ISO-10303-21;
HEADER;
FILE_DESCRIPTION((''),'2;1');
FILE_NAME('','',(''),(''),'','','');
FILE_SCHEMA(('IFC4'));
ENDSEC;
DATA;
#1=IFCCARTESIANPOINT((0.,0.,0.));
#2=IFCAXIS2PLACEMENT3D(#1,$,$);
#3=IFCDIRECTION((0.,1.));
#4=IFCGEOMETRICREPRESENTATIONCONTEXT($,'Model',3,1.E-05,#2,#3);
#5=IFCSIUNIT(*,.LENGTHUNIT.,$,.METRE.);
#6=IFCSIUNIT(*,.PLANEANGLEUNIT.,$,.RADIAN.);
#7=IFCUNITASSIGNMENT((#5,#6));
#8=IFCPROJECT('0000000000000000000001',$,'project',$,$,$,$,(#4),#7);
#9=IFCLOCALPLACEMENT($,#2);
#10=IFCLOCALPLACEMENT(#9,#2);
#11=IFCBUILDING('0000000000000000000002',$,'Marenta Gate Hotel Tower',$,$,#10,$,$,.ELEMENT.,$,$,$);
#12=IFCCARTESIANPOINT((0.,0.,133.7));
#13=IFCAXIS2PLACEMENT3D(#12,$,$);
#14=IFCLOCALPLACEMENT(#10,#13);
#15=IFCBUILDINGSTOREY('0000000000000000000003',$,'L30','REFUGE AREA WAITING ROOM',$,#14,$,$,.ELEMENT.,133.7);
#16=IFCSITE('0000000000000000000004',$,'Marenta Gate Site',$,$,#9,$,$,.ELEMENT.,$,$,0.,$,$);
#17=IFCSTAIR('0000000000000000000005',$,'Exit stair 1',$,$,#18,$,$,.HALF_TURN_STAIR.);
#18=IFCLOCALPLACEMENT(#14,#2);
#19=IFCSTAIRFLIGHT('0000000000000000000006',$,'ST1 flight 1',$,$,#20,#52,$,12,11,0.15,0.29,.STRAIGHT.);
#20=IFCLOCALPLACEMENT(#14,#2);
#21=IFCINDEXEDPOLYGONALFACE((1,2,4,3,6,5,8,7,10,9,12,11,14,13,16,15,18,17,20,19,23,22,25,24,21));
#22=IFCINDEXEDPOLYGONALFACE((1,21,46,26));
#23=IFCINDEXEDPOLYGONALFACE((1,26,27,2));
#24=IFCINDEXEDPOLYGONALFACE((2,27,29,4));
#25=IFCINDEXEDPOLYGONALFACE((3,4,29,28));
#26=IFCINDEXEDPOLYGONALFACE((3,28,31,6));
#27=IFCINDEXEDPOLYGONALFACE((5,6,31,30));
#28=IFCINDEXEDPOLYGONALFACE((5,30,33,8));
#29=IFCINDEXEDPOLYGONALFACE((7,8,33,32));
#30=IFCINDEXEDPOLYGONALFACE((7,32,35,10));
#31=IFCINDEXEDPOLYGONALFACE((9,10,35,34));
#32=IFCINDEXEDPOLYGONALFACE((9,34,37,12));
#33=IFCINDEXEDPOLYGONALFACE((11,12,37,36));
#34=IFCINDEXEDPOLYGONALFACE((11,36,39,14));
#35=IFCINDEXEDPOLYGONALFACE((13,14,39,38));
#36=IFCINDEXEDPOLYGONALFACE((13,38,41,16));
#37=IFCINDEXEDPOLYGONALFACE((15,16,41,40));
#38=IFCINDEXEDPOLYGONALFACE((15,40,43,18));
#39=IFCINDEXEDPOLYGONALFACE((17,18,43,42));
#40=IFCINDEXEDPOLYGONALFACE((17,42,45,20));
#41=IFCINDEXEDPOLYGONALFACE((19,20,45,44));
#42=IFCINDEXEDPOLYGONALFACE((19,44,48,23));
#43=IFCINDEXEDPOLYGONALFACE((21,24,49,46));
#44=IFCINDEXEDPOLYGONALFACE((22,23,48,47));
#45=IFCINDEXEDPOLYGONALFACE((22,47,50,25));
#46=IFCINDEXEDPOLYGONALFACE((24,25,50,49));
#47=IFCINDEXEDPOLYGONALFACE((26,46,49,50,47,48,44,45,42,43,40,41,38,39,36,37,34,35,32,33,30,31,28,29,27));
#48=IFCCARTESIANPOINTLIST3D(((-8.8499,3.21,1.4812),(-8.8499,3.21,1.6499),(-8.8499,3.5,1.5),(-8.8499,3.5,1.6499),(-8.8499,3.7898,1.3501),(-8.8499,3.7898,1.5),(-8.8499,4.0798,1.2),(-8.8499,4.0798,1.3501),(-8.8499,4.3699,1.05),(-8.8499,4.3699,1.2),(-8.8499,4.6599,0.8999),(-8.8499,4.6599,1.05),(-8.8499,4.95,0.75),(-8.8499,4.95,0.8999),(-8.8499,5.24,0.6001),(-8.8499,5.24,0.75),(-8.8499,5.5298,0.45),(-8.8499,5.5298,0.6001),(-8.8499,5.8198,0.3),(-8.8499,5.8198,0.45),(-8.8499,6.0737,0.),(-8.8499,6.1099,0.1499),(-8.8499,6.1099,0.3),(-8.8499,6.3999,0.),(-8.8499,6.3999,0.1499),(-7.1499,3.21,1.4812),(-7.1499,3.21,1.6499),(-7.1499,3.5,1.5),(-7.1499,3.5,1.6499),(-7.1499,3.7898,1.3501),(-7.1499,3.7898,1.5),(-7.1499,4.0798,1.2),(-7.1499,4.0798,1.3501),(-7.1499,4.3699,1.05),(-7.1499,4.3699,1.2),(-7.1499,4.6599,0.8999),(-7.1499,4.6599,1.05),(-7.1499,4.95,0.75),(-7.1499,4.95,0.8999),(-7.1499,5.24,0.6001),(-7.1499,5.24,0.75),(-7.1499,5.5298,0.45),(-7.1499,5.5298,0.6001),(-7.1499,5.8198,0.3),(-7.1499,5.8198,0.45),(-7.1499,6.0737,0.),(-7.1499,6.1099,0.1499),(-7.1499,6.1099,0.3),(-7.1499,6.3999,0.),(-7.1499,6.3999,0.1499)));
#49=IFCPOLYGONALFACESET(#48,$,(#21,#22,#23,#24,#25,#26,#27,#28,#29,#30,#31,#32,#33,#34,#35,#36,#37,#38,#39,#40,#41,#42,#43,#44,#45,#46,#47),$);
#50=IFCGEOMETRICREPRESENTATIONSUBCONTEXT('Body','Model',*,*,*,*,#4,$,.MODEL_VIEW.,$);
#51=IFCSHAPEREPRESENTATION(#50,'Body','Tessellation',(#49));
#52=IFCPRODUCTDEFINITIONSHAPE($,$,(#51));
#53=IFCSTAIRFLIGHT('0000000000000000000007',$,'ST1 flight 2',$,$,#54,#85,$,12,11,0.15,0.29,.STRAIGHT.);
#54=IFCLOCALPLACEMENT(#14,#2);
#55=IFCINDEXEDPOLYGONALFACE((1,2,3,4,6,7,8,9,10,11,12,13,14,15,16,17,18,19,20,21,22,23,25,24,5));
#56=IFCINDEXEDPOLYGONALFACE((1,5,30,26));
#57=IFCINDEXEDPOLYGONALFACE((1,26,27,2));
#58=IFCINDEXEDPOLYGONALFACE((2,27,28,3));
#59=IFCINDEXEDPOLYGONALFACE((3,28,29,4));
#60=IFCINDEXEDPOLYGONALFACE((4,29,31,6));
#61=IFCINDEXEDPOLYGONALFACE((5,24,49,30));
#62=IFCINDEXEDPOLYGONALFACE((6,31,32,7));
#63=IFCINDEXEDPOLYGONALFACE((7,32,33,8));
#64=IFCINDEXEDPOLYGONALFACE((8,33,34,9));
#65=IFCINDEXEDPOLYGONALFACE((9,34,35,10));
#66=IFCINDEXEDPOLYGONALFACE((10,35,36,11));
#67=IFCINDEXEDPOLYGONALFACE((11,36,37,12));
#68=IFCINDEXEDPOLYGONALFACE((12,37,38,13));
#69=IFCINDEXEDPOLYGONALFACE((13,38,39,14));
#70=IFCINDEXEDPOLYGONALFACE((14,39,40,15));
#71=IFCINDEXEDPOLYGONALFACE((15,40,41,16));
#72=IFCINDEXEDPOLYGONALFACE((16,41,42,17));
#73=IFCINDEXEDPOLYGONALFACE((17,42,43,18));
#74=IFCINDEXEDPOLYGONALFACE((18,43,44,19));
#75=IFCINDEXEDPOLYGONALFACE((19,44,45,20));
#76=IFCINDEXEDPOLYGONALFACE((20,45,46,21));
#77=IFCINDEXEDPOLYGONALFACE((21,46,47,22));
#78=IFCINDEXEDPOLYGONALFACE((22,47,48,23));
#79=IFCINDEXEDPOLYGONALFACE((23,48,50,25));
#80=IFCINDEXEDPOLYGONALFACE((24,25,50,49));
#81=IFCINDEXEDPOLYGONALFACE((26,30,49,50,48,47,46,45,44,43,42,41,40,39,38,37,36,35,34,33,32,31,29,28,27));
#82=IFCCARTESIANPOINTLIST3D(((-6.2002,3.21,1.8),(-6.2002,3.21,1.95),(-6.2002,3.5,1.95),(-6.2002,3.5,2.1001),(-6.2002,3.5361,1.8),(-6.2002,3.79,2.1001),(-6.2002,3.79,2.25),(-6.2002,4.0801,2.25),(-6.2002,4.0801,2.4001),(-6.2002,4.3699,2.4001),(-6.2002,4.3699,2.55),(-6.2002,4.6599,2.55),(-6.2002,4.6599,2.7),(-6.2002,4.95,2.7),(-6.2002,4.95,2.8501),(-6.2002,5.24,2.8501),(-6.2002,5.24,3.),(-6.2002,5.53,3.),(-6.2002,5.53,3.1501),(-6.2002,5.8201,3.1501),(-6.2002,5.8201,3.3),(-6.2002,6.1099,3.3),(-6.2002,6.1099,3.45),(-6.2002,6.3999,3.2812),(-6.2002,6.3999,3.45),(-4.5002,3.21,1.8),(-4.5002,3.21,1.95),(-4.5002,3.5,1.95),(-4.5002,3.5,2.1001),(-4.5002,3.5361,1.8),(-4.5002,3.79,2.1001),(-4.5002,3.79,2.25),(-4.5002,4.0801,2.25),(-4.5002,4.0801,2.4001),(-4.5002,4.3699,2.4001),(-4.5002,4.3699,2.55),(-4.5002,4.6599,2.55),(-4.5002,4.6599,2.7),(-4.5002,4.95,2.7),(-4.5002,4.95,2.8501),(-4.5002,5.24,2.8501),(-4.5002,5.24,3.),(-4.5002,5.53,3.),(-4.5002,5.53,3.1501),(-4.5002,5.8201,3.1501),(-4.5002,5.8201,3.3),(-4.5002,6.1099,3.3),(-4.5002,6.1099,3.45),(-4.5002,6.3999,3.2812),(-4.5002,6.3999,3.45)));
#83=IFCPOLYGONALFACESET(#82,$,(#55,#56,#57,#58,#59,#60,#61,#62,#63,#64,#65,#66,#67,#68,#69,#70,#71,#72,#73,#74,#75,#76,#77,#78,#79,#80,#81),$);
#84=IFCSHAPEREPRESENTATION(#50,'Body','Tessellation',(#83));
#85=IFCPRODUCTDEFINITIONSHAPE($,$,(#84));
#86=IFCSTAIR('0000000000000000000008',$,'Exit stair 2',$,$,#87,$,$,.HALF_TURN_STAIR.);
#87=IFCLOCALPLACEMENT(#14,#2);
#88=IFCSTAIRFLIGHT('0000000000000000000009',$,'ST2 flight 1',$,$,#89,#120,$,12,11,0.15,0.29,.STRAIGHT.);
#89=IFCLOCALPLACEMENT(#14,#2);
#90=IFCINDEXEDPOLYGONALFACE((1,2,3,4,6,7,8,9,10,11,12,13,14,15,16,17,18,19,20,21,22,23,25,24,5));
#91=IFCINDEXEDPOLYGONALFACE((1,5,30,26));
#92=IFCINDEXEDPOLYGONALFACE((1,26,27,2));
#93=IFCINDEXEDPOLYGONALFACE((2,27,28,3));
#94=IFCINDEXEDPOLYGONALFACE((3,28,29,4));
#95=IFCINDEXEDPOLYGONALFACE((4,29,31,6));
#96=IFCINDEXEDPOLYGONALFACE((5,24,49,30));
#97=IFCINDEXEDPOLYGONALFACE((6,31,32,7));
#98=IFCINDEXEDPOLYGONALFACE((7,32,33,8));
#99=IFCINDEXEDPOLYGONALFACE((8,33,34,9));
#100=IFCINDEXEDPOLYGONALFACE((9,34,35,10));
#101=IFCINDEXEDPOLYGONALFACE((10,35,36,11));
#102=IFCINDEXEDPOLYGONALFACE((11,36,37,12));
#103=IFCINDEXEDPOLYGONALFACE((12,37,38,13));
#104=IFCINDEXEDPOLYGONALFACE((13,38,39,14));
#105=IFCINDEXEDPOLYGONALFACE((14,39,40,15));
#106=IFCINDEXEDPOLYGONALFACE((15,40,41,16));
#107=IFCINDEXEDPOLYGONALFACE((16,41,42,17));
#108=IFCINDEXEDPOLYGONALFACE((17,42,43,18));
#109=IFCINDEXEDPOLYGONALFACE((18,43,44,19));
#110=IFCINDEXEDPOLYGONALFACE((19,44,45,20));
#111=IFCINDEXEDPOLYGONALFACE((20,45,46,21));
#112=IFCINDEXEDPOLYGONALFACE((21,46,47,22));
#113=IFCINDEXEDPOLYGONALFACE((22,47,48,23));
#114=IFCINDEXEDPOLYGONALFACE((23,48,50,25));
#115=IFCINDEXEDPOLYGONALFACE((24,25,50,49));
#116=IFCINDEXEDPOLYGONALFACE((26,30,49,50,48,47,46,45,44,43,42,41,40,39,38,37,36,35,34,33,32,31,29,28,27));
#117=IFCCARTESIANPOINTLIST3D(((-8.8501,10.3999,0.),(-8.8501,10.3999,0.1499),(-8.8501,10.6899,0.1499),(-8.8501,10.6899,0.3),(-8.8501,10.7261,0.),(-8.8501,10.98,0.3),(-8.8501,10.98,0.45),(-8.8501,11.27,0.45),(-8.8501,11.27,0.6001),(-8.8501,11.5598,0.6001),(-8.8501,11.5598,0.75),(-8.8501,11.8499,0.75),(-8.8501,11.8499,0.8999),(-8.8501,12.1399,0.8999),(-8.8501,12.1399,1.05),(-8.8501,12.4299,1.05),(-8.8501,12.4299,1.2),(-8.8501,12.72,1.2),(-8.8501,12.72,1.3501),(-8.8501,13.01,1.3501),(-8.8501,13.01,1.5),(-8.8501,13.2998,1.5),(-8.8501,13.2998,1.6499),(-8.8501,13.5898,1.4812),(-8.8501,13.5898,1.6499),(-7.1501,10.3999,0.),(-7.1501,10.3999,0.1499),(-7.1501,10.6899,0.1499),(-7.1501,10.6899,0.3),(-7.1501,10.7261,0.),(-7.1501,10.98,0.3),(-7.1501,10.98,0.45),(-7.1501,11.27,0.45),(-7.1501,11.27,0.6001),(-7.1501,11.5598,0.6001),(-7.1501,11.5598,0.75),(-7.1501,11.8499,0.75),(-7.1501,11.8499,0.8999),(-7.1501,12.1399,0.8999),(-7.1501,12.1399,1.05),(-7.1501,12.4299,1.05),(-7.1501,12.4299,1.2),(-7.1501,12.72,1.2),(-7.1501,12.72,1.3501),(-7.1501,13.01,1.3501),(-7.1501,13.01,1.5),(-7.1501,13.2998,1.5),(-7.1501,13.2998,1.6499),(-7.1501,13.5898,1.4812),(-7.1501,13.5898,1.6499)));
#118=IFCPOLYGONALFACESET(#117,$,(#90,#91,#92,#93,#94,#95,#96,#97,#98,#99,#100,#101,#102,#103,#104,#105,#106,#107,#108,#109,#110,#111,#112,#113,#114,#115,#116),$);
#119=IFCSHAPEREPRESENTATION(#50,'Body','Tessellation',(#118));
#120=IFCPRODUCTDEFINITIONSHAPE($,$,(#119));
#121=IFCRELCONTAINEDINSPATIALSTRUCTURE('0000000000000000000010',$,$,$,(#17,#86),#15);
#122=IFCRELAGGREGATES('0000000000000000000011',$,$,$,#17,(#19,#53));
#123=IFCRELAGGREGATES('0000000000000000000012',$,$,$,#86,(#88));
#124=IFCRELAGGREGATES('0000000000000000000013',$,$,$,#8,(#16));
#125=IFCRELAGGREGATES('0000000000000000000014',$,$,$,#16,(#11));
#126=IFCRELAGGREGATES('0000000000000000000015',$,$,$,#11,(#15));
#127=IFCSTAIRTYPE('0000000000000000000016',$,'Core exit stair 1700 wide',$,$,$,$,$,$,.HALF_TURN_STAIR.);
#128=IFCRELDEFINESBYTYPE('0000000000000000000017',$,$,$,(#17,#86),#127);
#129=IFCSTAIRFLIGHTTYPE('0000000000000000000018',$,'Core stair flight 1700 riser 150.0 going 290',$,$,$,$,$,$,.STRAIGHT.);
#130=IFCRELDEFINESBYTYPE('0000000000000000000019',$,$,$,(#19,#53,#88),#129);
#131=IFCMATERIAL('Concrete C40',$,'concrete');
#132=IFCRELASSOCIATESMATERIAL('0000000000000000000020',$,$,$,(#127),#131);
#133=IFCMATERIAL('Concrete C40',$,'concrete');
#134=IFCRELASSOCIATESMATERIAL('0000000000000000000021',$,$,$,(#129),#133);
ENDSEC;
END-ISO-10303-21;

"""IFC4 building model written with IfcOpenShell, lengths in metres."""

from ifc_helpers import new_model, si_unit, direction, frame, origin, place, context, subcontext, project, spatial, polyline, outline, extrude, material, type_object, element, aggregate, save


model = new_model("IFC4")

# Units and contexts
model_context = context("Model", 3, precision=1e-05, world=origin(), true_north=direction((0.0, 1.0)))
body_context = subcontext(model_context, "Body", "Model", "MODEL_VIEW")
ifc_project = project(units=[si_unit("LENGTHUNIT", "METRE"), si_unit("PLANEANGLEUNIT", "RADIAN")], contexts=[model_context])

# Site, building, storey
site_placement = place(None, origin())
site = spatial("IfcSite", under=ifc_project, at=site_placement, Name="Marenta Gate Site", CompositionType="ELEMENT", RefElevation=0.0)
building_placement = place(site_placement, origin())
building = spatial("IfcBuilding", under=site, at=building_placement, Name="Marenta Gate Hotel Tower", CompositionType="ELEMENT")
storey_placement = place(building_placement, frame((0.0, 0.0, 133.7)))
storey = spatial("IfcBuildingStorey", under=building, at=storey_placement, Name="L30", Description="REFUGE AREA WAITING ROOM", CompositionType="ELEMENT", Elevation=133.7)

# Stair, stair flights
ifc_material_1 = material(Name="Concrete C40", Category="concrete")
stair_type = type_object("IfcStairType", Name="Core exit stair 1700 wide", PredefinedType="HALF_TURN_STAIR", material=ifc_material_1)
stair_1_placement = place(storey_placement, origin())
stair_1 = element("IfcStair", 1, at=stair_1_placement, inside=storey, type_object=stair_type, Name="Exit stair 1", PredefinedType="HALF_TURN_STAIR")
ifc_material_2 = material(Name="Concrete C40", Category="concrete")
stair_flight_type = type_object("IfcStairFlightType", Name="Core stair flight 1700 riser 150.0 going 290", PredefinedType="STRAIGHT", material=ifc_material_2)
stair_flight_1_placement = place(storey_placement, frame((-8.0, 6.3999, 0.0), z_axis=(0.0, 0.0, 1.0), x_axis=(0.0, -1.0, 0.0)))
stair_flight_1 = element("IfcStairFlight", 2, at=stair_flight_1_placement, type_object=stair_flight_type, Name="ST1 flight 1", NumberOfRisers=12, NumberOfTreads=11, PredefinedType="STRAIGHT", RiserHeight=0.15, TreadLength=0.29, context=body_context, shape_type="SweptSolid", body=[
    extrude(outline(polyline([(0.0, 0.0), (0.0, 0.1499), (0.29, 0.1499), (0.29, 0.3), (0.5801, 0.3), (0.5801, 0.45), (0.8701, 0.45), (0.8701, 0.6001), (1.1599, 0.6001), (1.1599, 0.75), (1.45, 0.75), (1.45, 0.8999), (1.74, 0.8999), (1.74, 1.05), (2.03, 1.05), (2.03, 1.2), (2.3201, 1.2), (2.3201, 1.3501), (2.6101, 1.3501), (2.6101, 1.5), (2.8999, 1.5), (2.8999, 1.6499), (3.1899, 1.6499), (3.1899, 1.8), (3.1899, 1.4812), (0.3262, 0.0), (0.0, 0.0)])), frame((0.0, 0.8501, 0.0), z_axis=(0.0, -1.0, 0.0), x_axis=(1.0, 0.0, 0.0)), (0.0, 0.0, 1.0), 1.7),
])
stair_flight_2_placement = place(storey_placement, frame((-5.3501, 3.21, 1.8), z_axis=(0.0, 0.0, 1.0), x_axis=(0.0, 1.0, 0.0)))
stair_flight_2 = element("IfcStairFlight", 3, at=stair_flight_2_placement, type_object=stair_flight_type, Name="ST1 flight 2", NumberOfRisers=12, NumberOfTreads=11, PredefinedType="STRAIGHT", RiserHeight=0.15, TreadLength=0.29, context=body_context, shape_type="SweptSolid", body=[
    extrude(outline(polyline([(0.0, 0.0), (0.0, 0.1499), (0.29, 0.1499), (0.29, 0.3), (0.5801, 0.3), (0.5801, 0.45), (0.8701, 0.45), (0.8701, 0.6001), (1.1599, 0.6001), (1.1599, 0.75), (1.45, 0.75), (1.45, 0.8999), (1.74, 0.8999), (1.74, 1.05), (2.03, 1.05), (2.03, 1.2), (2.3201, 1.2), (2.3201, 1.3501), (2.6101, 1.3501), (2.6101, 1.5), (2.8999, 1.5), (2.8999, 1.6499), (3.1899, 1.6499), (3.1899, 1.8), (3.1899, 1.4812), (0.3262, 0.0), (0.0, 0.0)])), frame((0.0, 0.8501, 0.0), z_axis=(0.0, -1.0, 0.0), x_axis=(1.0, 0.0, 0.0)), (0.0, 0.0, 1.0), 1.7),
])
aggregate(stair_1, [stair_flight_1, stair_flight_2])

# Stair, stair flight
stair_2_placement = place(storey_placement, origin())
stair_2 = element("IfcStair", 4, at=stair_2_placement, inside=storey, type_object=stair_type, Name="Exit stair 2", PredefinedType="HALF_TURN_STAIR")
stair_flight_3_placement = place(storey_placement, frame((-8.0, 10.3999, 0.0), z_axis=(0.0, 0.0, 1.0), x_axis=(0.0, 1.0, 0.0)))
stair_flight_3 = element("IfcStairFlight", 5, at=stair_flight_3_placement, type_object=stair_flight_type, Name="ST2 flight 1", NumberOfRisers=12, NumberOfTreads=11, PredefinedType="STRAIGHT", RiserHeight=0.15, TreadLength=0.29, context=body_context, shape_type="SweptSolid", body=[
    extrude(outline(polyline([(0.0, 0.0), (0.0, 0.1499), (0.29, 0.1499), (0.29, 0.3), (0.5801, 0.3), (0.5801, 0.45), (0.8701, 0.45), (0.8701, 0.6001), (1.1599, 0.6001), (1.1599, 0.75), (1.45, 0.75), (1.45, 0.8999), (1.74, 0.8999), (1.74, 1.05), (2.03, 1.05), (2.03, 1.2), (2.3201, 1.2), (2.3201, 1.3501), (2.6101, 1.3501), (2.6101, 1.5), (2.8999, 1.5), (2.8999, 1.6499), (3.1899, 1.6499), (3.1899, 1.8), (3.1899, 1.4812), (0.3262, 0.0), (0.0, 0.0)])), frame((0.0, 0.8501, 0.0), z_axis=(0.0, -1.0, 0.0), x_axis=(1.0, 0.0, 0.0)), (0.0, 0.0, 1.0), 1.7),
])
aggregate(stair_2, [stair_flight_3])

save(model, "model.ifc")
